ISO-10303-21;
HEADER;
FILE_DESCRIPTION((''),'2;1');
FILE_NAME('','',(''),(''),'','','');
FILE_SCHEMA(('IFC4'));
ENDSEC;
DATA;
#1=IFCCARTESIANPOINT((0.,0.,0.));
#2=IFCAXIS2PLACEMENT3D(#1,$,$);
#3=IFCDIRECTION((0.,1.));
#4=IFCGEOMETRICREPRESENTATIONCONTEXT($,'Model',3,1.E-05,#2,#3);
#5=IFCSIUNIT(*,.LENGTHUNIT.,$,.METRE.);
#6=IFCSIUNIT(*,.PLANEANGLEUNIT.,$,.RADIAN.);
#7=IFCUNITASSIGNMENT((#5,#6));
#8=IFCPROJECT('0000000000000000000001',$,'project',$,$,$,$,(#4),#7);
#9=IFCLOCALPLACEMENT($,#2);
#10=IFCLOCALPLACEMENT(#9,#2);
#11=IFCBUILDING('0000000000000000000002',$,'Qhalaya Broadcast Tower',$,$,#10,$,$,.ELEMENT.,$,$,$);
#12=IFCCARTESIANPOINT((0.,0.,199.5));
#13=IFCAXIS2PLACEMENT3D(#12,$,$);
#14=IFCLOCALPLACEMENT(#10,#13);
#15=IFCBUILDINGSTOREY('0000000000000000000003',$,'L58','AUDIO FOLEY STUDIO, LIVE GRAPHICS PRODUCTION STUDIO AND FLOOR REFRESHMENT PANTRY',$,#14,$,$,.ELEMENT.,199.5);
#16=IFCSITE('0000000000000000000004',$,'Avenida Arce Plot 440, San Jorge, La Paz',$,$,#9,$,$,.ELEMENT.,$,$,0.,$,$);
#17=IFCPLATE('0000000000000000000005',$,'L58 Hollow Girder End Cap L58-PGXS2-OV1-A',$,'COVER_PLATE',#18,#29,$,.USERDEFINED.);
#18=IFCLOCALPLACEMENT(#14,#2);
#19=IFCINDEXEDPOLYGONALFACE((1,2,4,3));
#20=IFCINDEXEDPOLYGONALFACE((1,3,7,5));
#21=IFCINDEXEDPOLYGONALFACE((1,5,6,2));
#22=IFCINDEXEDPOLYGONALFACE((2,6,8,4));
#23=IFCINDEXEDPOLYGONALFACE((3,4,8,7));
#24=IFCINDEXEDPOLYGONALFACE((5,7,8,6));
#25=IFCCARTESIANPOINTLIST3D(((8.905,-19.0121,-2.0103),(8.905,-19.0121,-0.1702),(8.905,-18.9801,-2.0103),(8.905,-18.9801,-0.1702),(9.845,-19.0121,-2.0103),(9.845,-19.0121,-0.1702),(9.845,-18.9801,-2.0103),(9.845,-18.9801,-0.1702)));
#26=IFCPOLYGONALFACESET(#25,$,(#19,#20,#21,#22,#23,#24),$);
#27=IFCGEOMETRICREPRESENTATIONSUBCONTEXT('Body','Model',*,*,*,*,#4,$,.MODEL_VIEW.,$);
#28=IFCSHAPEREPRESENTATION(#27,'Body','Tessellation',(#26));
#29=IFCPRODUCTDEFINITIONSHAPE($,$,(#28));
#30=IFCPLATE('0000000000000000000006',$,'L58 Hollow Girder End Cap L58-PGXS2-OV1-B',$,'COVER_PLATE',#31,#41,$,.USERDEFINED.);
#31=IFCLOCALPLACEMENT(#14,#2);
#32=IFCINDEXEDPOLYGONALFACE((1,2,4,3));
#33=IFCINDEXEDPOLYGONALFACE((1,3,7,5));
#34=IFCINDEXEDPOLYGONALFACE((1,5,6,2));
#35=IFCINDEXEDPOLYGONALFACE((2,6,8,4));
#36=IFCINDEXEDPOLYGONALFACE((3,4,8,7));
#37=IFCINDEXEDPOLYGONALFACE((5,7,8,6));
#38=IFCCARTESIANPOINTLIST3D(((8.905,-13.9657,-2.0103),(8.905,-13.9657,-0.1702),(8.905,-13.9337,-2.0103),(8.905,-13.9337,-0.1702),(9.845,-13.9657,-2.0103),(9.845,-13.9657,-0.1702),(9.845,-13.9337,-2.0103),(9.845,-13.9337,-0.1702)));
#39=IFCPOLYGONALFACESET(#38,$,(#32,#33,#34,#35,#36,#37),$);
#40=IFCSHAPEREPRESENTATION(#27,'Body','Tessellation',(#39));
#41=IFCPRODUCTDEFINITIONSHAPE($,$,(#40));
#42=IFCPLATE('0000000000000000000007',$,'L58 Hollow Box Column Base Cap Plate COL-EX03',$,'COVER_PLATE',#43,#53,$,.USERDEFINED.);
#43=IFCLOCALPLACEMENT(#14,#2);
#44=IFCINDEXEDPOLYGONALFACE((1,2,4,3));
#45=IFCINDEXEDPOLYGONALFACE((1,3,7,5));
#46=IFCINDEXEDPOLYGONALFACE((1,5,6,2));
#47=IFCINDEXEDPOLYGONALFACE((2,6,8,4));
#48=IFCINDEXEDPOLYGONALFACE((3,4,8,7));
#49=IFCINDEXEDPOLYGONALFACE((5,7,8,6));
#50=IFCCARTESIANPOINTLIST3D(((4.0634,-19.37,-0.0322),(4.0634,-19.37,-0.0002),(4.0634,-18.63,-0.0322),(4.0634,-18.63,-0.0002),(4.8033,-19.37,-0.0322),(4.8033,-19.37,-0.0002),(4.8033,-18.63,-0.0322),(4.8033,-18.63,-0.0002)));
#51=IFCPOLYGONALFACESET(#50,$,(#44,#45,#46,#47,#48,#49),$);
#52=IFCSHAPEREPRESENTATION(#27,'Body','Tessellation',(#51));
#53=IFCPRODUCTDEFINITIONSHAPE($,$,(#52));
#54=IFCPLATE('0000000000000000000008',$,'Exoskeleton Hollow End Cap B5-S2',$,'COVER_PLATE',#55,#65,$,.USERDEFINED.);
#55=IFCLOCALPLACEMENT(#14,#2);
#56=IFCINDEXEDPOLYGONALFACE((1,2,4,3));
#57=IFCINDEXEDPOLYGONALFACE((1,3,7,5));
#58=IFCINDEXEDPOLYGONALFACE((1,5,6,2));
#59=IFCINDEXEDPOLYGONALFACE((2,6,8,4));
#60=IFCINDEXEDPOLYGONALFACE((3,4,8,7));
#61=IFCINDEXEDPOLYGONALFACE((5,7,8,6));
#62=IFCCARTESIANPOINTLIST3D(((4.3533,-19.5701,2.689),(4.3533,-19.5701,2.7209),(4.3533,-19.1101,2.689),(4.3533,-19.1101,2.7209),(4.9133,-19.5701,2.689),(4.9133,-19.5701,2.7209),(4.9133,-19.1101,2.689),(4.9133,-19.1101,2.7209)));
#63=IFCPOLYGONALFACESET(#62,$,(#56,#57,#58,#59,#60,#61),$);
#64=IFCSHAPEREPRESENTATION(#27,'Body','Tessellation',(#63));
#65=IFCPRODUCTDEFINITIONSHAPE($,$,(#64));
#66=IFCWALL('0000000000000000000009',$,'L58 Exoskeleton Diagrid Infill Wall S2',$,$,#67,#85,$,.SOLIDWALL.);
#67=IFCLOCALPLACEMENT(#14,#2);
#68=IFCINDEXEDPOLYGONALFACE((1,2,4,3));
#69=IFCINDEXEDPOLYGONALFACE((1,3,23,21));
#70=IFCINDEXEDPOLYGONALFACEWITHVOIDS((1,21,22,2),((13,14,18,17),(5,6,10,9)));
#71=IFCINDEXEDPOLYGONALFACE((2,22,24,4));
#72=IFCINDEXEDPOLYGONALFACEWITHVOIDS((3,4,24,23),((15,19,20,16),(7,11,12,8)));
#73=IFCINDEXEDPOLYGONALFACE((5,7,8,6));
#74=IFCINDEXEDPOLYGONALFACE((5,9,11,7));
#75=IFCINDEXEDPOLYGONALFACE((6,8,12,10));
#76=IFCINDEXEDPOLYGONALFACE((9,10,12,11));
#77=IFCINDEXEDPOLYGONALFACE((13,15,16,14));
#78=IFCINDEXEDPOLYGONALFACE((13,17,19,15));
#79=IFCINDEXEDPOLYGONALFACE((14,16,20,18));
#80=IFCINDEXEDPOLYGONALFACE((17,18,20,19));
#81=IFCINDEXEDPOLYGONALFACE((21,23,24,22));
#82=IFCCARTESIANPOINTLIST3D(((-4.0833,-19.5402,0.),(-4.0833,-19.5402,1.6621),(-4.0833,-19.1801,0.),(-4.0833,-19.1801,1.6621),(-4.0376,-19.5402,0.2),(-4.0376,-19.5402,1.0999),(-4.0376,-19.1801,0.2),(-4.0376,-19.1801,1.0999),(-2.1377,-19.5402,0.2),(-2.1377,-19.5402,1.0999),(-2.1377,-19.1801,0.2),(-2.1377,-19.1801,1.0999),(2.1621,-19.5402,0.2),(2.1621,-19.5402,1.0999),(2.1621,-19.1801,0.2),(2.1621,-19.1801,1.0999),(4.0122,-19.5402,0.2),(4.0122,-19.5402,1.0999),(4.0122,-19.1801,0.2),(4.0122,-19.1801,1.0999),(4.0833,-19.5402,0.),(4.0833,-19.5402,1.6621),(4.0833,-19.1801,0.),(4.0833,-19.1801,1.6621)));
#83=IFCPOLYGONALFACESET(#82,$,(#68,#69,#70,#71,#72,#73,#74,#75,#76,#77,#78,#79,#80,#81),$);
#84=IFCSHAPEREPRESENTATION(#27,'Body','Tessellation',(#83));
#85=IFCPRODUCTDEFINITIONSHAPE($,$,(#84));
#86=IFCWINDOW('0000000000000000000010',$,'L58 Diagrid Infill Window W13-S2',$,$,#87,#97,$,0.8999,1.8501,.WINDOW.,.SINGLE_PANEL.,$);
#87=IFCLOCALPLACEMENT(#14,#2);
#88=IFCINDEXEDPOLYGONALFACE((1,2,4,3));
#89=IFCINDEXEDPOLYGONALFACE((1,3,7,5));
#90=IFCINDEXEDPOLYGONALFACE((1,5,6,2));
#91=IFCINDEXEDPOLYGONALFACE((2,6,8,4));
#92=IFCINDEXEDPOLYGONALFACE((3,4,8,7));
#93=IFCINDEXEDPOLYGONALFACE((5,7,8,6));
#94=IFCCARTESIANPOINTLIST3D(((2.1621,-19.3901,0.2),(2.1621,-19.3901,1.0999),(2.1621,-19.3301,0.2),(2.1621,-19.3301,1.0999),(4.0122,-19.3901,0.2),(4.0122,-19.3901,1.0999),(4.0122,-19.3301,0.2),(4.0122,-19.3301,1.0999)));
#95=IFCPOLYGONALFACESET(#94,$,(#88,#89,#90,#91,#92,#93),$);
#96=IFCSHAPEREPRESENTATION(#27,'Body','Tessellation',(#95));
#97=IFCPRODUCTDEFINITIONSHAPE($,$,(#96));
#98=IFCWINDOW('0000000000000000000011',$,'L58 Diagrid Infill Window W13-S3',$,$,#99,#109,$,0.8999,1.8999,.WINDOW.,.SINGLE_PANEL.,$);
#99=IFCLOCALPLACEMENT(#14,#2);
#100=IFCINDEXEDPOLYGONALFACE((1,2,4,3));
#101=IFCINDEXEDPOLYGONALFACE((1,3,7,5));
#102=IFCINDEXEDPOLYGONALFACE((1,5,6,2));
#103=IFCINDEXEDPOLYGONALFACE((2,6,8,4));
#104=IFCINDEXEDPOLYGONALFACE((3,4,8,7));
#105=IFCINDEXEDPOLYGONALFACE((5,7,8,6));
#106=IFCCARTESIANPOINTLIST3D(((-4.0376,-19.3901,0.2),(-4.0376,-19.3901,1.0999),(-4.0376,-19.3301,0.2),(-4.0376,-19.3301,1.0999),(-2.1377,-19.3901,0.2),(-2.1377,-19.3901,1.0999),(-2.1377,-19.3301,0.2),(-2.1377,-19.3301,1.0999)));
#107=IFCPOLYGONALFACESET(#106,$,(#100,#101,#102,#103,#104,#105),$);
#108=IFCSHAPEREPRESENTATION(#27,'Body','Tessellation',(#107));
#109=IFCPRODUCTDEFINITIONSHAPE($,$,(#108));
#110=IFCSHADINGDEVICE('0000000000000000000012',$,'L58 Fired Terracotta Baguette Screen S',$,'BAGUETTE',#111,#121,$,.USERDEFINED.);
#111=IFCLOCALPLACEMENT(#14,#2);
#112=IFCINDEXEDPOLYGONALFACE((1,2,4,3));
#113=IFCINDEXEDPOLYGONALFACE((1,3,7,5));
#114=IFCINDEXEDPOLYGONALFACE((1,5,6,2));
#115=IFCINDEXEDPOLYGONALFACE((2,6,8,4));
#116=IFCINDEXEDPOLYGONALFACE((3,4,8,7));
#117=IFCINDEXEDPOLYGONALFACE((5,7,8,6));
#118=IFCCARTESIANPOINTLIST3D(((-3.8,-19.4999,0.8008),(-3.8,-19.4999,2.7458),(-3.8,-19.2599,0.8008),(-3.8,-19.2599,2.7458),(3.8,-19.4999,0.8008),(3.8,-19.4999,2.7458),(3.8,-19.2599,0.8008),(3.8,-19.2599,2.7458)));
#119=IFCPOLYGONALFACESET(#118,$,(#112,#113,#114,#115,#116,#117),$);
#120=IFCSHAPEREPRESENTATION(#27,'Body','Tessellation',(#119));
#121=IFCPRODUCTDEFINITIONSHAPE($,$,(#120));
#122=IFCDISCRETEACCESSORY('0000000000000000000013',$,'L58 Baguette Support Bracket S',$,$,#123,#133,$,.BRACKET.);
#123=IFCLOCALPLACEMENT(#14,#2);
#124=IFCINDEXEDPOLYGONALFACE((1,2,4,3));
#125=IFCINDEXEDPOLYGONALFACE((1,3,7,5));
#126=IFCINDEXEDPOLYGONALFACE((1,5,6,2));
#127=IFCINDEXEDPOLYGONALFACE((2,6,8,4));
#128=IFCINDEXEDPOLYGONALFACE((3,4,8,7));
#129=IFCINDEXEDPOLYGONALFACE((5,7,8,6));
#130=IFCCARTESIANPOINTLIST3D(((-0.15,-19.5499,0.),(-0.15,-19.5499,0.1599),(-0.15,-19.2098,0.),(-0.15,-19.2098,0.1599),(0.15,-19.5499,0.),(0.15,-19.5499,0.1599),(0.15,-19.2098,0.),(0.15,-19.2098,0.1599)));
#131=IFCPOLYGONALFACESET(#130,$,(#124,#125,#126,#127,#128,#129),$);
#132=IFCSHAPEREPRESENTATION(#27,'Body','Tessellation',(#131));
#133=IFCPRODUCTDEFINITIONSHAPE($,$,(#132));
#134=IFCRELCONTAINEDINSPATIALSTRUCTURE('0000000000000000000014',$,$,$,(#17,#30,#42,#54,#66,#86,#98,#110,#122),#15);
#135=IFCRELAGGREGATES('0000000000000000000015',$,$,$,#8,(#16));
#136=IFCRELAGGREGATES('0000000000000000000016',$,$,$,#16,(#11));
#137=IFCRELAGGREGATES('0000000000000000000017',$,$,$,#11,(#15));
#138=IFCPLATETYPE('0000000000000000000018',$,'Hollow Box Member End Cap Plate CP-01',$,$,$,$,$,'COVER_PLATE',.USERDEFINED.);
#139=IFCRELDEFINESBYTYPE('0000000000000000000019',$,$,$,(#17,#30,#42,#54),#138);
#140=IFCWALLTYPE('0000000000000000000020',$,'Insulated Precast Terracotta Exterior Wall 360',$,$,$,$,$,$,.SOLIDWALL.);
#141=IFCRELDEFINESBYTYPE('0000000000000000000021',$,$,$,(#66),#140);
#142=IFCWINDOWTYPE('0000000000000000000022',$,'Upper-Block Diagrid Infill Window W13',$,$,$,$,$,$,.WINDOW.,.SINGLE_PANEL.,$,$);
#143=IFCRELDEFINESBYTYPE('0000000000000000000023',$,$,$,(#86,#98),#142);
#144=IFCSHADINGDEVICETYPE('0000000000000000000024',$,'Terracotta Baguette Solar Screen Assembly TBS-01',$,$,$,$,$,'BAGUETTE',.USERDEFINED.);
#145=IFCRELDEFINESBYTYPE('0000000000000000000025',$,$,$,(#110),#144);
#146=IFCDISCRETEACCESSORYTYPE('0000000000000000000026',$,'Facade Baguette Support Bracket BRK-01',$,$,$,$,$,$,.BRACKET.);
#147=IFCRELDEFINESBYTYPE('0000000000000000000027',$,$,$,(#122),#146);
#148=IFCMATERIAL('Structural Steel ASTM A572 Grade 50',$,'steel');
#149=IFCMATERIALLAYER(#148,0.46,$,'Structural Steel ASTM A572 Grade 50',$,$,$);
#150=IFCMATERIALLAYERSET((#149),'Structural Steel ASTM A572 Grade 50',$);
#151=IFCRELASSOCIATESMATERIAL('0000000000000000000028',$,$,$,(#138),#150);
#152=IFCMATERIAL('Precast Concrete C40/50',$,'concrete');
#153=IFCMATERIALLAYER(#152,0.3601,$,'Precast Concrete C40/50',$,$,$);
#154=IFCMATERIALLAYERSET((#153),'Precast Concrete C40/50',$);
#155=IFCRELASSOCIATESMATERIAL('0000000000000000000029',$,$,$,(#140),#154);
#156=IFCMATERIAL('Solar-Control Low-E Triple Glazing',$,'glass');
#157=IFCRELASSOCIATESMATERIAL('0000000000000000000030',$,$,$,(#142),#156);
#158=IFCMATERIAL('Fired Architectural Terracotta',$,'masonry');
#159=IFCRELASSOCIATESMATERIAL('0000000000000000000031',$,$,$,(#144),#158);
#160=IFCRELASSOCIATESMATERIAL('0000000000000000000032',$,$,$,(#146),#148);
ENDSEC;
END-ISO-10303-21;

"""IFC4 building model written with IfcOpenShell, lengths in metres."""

from ifc_helpers import new_model, si_unit, direction, frame, frame_2d, origin, origin_2d, place, context, subcontext, project, spatial, rectangle, extrude, material, layer, layer_set, type_object, element, fill, save


model = new_model("IFC4")

# Units and contexts
model_context = context("Model", 3, precision=1e-05, world=origin(), true_north=direction((0.0, 1.0)))
body_context = subcontext(model_context, "Body", "Model", "MODEL_VIEW")
ifc_project = project(units=[si_unit("LENGTHUNIT", "METRE"), si_unit("PLANEANGLEUNIT", "RADIAN")], contexts=[model_context])

# Site, building, storey
site_placement = place(None, origin())
site = spatial("IfcSite", under=ifc_project, at=site_placement, Name="Avenida Arce Plot 440, San Jorge, La Paz", CompositionType="ELEMENT", RefElevation=0.0)
building_placement = place(site_placement, origin())
building = spatial("IfcBuilding", under=site, at=building_placement, Name="Qhalaya Broadcast Tower", CompositionType="ELEMENT")
storey_placement = place(building_placement, frame((0.0, 0.0, 199.5)))
storey = spatial("IfcBuildingStorey", under=building, at=storey_placement, Name="L58", Description="AUDIO FOLEY STUDIO, LIVE GRAPHICS PRODUCTION STUDIO AND FLOOR REFRESHMENT PANTRY", CompositionType="ELEMENT", Elevation=199.5)

# Shared definitions
ifc_material_1 = material(Name="Structural Steel ASTM A572 Grade 50", Category="steel")

# Plates
ifc_layer_1 = layer(ifc_material_1, 0.46, Name="Structural Steel ASTM A572 Grade 50")
ifc_layer_set_1 = layer_set([ifc_layer_1], Name="Structural Steel ASTM A572 Grade 50")
plate_type_1 = type_object("IfcPlateType", Name="Hollow Box Member End Cap Plate CP-01", ElementType="COVER_PLATE", PredefinedType="USERDEFINED", material=ifc_layer_set_1)
for number, where, z_axis, x_axis, name in (
    (1, (9.375, -18.9961, -2.0103), (0.0, 0.0, 1.0), (-1.0, 0.0, 0.0), "L58 Hollow Girder End Cap L58-PGXS2-OV1-A"),
    (2, (9.375, -13.9497, -2.0103), (0.0, 0.0, 1.0), (-1.0, 0.0, 0.0), "L58 Hollow Girder End Cap L58-PGXS2-OV1-B"),
):
    element("IfcPlate", number, at=place(storey_placement, frame(where, z_axis=z_axis, x_axis=x_axis)), inside=storey, type_object=plate_type_1, Name=name, ObjectType="COVER_PLATE", PredefinedType="USERDEFINED", context=body_context, shape_type="SweptSolid", body=[
        extrude(rectangle(XDim=0.9399, YDim=0.032, at=origin_2d()), origin(), (0.0, 0.0, 1.0), 1.8401),
    ])
plate_1_placement = place(storey_placement, frame((4.4333, -19.0, -0.0322), z_axis=(0.0, 0.0, 1.0), x_axis=(1.0, 0.0, 0.0)))
element("IfcPlate", 3, at=plate_1_placement, inside=storey, type_object=plate_type_1, Name="L58 Hollow Box Column Base Cap Plate COL-EX03", ObjectType="COVER_PLATE", PredefinedType="USERDEFINED", context=body_context, shape_type="SweptSolid", body=[
    extrude(rectangle(XDim=0.74, YDim=0.74, at=origin_2d()), origin(), (0.0, 0.0, 1.0), 0.032),
])
plate_2_placement = place(storey_placement, frame((4.6333, -19.3401, 2.689), z_axis=(0.0, 0.0, 1.0), x_axis=(1.0, 0.0, 0.0)))
element("IfcPlate", 4, at=plate_2_placement, inside=storey, type_object=plate_type_1, Name="Exoskeleton Hollow End Cap B5-S2", ObjectType="COVER_PLATE", PredefinedType="USERDEFINED", context=body_context, shape_type="SweptSolid", body=[
    extrude(rectangle(XDim=0.5601, YDim=0.46, at=origin_2d()), origin(), (0.0, 0.0, 1.0), 0.032),
])

# Wall, openings, windows
ifc_material_2 = material(Name="Precast Concrete C40/50", Category="concrete")
ifc_layer_2 = layer(ifc_material_2, 0.3601, Name="Precast Concrete C40/50")
ifc_layer_set_2 = layer_set([ifc_layer_2], Name="Precast Concrete C40/50")
wall_type = type_object("IfcWallType", Name="Insulated Precast Terracotta Exterior Wall 360", PredefinedType="SOLIDWALL", material=ifc_layer_set_2)
wall_placement = place(storey_placement, frame((4.0833, -19.3601, 0.0), z_axis=(0.0, 0.0, 1.0), x_axis=(-1.0, 0.0, 0.0)))
wall = element("IfcWall", 5, at=wall_placement, inside=storey, type_object=wall_type, Name="L58 Exoskeleton Diagrid Infill Wall S2", PredefinedType="SOLIDWALL", context=body_context, shape_type="SweptSolid", body=[
    extrude(rectangle(XDim=8.1665, YDim=0.3601, at=frame_2d((4.0833, 0.0))), origin(), (0.0, 0.0, 1.0), 1.6621),
])
opening_1_placement = place(wall_placement, frame((0.071, 0.0, 0.2)))
opening_1 = element("IfcOpeningElement", 6, at=opening_1_placement, cuts=wall, PredefinedType="OPENING", context=body_context, shape_type="SweptSolid", body=[
    extrude(rectangle(XDim=1.8501, YDim=0.8999, at=frame_2d((0.925, 0.45))), frame((0.0, 0.1921, 0.0), z_axis=(0.0, -1.0, 0.0), x_axis=(1.0, 0.0, 0.0)), (0.0, 0.0, 1.0), 0.384),
])
opening_2_placement = place(wall_placement, frame((6.2209, 0.0, 0.2)))
opening_2 = element("IfcOpeningElement", 7, at=opening_2_placement, cuts=wall, PredefinedType="OPENING", context=body_context, shape_type="SweptSolid", body=[
    extrude(rectangle(XDim=1.8999, YDim=0.8999, at=frame_2d((0.95, 0.45))), frame((0.0, 0.1921, 0.0), z_axis=(0.0, -1.0, 0.0), x_axis=(1.0, 0.0, 0.0)), (0.0, 0.0, 1.0), 0.384),
])
ifc_material_3 = material(Name="Solar-Control Low-E Triple Glazing", Category="glass")
window_type = type_object("IfcWindowType", Name="Upper-Block Diagrid Infill Window W13", PartitioningType="SINGLE_PANEL", PredefinedType="WINDOW", material=ifc_material_3)
window_1_placement = place(opening_1_placement, origin())
window_1 = element("IfcWindow", 8, at=window_1_placement, inside=storey, type_object=window_type, Name="L58 Diagrid Infill Window W13-S2", OverallHeight=0.8999, OverallWidth=1.8501, PartitioningType="SINGLE_PANEL", PredefinedType="WINDOW", context=body_context, shape_type="SweptSolid", body=[
    extrude(rectangle(XDim=1.8501, YDim=0.8999, at=frame_2d((0.925, 0.45))), frame((0.0, 0.03, 0.0), z_axis=(0.0, -1.0, 0.0), x_axis=(1.0, 0.0, 0.0)), (0.0, 0.0, 1.0), 0.0601),
])
fill(opening_1, window_1)
window_2_placement = place(opening_2_placement, origin())
window_2 = element("IfcWindow", 9, at=window_2_placement, inside=storey, type_object=window_type, Name="L58 Diagrid Infill Window W13-S3", OverallHeight=0.8999, OverallWidth=1.8999, PartitioningType="SINGLE_PANEL", PredefinedType="WINDOW", context=body_context, shape_type="SweptSolid", body=[
    extrude(rectangle(XDim=1.8999, YDim=0.8999, at=frame_2d((0.95, 0.45))), frame((0.0, 0.03, 0.0), z_axis=(0.0, -1.0, 0.0), x_axis=(1.0, 0.0, 0.0)), (0.0, 0.0, 1.0), 0.0601),
])
fill(opening_2, window_2)

# Shading device
ifc_material_4 = material(Name="Fired Architectural Terracotta", Category="masonry")
shading_device_type = type_object("IfcShadingDeviceType", Name="Terracotta Baguette Solar Screen Assembly TBS-01", ElementType="BAGUETTE", PredefinedType="USERDEFINED", material=ifc_material_4)
shading_device_placement = place(storey_placement, frame((0.0, -19.3799, 0.8008), z_axis=(0.0, 0.0, 1.0), x_axis=(1.0, 0.0, 0.0)))
element("IfcShadingDevice", 10, at=shading_device_placement, inside=storey, type_object=shading_device_type, Name="L58 Fired Terracotta Baguette Screen S", ObjectType="BAGUETTE", PredefinedType="USERDEFINED", context=body_context, shape_type="SweptSolid", body=[
    extrude(rectangle(XDim=7.6001, YDim=0.24, at=origin_2d()), origin(), (0.0, 0.0, 1.0), 1.9451),
])

# Discrete accessory
discrete_accessory_type = type_object("IfcDiscreteAccessoryType", Name="Facade Baguette Support Bracket BRK-01", PredefinedType="BRACKET", material=ifc_material_1)
discrete_accessory_placement = place(storey_placement, frame((0.0, -19.3799, 0.0), z_axis=(0.0, 0.0, 1.0), x_axis=(1.0, 0.0, 0.0)))
element("IfcDiscreteAccessory", 11, at=discrete_accessory_placement, inside=storey, type_object=discrete_accessory_type, Name="L58 Baguette Support Bracket S", PredefinedType="BRACKET", context=body_context, shape_type="SweptSolid", body=[
    extrude(rectangle(XDim=0.3, YDim=0.3401, at=origin_2d()), origin(), (0.0, 0.0, 1.0), 0.1599),
])

save(model, "model.ifc")
